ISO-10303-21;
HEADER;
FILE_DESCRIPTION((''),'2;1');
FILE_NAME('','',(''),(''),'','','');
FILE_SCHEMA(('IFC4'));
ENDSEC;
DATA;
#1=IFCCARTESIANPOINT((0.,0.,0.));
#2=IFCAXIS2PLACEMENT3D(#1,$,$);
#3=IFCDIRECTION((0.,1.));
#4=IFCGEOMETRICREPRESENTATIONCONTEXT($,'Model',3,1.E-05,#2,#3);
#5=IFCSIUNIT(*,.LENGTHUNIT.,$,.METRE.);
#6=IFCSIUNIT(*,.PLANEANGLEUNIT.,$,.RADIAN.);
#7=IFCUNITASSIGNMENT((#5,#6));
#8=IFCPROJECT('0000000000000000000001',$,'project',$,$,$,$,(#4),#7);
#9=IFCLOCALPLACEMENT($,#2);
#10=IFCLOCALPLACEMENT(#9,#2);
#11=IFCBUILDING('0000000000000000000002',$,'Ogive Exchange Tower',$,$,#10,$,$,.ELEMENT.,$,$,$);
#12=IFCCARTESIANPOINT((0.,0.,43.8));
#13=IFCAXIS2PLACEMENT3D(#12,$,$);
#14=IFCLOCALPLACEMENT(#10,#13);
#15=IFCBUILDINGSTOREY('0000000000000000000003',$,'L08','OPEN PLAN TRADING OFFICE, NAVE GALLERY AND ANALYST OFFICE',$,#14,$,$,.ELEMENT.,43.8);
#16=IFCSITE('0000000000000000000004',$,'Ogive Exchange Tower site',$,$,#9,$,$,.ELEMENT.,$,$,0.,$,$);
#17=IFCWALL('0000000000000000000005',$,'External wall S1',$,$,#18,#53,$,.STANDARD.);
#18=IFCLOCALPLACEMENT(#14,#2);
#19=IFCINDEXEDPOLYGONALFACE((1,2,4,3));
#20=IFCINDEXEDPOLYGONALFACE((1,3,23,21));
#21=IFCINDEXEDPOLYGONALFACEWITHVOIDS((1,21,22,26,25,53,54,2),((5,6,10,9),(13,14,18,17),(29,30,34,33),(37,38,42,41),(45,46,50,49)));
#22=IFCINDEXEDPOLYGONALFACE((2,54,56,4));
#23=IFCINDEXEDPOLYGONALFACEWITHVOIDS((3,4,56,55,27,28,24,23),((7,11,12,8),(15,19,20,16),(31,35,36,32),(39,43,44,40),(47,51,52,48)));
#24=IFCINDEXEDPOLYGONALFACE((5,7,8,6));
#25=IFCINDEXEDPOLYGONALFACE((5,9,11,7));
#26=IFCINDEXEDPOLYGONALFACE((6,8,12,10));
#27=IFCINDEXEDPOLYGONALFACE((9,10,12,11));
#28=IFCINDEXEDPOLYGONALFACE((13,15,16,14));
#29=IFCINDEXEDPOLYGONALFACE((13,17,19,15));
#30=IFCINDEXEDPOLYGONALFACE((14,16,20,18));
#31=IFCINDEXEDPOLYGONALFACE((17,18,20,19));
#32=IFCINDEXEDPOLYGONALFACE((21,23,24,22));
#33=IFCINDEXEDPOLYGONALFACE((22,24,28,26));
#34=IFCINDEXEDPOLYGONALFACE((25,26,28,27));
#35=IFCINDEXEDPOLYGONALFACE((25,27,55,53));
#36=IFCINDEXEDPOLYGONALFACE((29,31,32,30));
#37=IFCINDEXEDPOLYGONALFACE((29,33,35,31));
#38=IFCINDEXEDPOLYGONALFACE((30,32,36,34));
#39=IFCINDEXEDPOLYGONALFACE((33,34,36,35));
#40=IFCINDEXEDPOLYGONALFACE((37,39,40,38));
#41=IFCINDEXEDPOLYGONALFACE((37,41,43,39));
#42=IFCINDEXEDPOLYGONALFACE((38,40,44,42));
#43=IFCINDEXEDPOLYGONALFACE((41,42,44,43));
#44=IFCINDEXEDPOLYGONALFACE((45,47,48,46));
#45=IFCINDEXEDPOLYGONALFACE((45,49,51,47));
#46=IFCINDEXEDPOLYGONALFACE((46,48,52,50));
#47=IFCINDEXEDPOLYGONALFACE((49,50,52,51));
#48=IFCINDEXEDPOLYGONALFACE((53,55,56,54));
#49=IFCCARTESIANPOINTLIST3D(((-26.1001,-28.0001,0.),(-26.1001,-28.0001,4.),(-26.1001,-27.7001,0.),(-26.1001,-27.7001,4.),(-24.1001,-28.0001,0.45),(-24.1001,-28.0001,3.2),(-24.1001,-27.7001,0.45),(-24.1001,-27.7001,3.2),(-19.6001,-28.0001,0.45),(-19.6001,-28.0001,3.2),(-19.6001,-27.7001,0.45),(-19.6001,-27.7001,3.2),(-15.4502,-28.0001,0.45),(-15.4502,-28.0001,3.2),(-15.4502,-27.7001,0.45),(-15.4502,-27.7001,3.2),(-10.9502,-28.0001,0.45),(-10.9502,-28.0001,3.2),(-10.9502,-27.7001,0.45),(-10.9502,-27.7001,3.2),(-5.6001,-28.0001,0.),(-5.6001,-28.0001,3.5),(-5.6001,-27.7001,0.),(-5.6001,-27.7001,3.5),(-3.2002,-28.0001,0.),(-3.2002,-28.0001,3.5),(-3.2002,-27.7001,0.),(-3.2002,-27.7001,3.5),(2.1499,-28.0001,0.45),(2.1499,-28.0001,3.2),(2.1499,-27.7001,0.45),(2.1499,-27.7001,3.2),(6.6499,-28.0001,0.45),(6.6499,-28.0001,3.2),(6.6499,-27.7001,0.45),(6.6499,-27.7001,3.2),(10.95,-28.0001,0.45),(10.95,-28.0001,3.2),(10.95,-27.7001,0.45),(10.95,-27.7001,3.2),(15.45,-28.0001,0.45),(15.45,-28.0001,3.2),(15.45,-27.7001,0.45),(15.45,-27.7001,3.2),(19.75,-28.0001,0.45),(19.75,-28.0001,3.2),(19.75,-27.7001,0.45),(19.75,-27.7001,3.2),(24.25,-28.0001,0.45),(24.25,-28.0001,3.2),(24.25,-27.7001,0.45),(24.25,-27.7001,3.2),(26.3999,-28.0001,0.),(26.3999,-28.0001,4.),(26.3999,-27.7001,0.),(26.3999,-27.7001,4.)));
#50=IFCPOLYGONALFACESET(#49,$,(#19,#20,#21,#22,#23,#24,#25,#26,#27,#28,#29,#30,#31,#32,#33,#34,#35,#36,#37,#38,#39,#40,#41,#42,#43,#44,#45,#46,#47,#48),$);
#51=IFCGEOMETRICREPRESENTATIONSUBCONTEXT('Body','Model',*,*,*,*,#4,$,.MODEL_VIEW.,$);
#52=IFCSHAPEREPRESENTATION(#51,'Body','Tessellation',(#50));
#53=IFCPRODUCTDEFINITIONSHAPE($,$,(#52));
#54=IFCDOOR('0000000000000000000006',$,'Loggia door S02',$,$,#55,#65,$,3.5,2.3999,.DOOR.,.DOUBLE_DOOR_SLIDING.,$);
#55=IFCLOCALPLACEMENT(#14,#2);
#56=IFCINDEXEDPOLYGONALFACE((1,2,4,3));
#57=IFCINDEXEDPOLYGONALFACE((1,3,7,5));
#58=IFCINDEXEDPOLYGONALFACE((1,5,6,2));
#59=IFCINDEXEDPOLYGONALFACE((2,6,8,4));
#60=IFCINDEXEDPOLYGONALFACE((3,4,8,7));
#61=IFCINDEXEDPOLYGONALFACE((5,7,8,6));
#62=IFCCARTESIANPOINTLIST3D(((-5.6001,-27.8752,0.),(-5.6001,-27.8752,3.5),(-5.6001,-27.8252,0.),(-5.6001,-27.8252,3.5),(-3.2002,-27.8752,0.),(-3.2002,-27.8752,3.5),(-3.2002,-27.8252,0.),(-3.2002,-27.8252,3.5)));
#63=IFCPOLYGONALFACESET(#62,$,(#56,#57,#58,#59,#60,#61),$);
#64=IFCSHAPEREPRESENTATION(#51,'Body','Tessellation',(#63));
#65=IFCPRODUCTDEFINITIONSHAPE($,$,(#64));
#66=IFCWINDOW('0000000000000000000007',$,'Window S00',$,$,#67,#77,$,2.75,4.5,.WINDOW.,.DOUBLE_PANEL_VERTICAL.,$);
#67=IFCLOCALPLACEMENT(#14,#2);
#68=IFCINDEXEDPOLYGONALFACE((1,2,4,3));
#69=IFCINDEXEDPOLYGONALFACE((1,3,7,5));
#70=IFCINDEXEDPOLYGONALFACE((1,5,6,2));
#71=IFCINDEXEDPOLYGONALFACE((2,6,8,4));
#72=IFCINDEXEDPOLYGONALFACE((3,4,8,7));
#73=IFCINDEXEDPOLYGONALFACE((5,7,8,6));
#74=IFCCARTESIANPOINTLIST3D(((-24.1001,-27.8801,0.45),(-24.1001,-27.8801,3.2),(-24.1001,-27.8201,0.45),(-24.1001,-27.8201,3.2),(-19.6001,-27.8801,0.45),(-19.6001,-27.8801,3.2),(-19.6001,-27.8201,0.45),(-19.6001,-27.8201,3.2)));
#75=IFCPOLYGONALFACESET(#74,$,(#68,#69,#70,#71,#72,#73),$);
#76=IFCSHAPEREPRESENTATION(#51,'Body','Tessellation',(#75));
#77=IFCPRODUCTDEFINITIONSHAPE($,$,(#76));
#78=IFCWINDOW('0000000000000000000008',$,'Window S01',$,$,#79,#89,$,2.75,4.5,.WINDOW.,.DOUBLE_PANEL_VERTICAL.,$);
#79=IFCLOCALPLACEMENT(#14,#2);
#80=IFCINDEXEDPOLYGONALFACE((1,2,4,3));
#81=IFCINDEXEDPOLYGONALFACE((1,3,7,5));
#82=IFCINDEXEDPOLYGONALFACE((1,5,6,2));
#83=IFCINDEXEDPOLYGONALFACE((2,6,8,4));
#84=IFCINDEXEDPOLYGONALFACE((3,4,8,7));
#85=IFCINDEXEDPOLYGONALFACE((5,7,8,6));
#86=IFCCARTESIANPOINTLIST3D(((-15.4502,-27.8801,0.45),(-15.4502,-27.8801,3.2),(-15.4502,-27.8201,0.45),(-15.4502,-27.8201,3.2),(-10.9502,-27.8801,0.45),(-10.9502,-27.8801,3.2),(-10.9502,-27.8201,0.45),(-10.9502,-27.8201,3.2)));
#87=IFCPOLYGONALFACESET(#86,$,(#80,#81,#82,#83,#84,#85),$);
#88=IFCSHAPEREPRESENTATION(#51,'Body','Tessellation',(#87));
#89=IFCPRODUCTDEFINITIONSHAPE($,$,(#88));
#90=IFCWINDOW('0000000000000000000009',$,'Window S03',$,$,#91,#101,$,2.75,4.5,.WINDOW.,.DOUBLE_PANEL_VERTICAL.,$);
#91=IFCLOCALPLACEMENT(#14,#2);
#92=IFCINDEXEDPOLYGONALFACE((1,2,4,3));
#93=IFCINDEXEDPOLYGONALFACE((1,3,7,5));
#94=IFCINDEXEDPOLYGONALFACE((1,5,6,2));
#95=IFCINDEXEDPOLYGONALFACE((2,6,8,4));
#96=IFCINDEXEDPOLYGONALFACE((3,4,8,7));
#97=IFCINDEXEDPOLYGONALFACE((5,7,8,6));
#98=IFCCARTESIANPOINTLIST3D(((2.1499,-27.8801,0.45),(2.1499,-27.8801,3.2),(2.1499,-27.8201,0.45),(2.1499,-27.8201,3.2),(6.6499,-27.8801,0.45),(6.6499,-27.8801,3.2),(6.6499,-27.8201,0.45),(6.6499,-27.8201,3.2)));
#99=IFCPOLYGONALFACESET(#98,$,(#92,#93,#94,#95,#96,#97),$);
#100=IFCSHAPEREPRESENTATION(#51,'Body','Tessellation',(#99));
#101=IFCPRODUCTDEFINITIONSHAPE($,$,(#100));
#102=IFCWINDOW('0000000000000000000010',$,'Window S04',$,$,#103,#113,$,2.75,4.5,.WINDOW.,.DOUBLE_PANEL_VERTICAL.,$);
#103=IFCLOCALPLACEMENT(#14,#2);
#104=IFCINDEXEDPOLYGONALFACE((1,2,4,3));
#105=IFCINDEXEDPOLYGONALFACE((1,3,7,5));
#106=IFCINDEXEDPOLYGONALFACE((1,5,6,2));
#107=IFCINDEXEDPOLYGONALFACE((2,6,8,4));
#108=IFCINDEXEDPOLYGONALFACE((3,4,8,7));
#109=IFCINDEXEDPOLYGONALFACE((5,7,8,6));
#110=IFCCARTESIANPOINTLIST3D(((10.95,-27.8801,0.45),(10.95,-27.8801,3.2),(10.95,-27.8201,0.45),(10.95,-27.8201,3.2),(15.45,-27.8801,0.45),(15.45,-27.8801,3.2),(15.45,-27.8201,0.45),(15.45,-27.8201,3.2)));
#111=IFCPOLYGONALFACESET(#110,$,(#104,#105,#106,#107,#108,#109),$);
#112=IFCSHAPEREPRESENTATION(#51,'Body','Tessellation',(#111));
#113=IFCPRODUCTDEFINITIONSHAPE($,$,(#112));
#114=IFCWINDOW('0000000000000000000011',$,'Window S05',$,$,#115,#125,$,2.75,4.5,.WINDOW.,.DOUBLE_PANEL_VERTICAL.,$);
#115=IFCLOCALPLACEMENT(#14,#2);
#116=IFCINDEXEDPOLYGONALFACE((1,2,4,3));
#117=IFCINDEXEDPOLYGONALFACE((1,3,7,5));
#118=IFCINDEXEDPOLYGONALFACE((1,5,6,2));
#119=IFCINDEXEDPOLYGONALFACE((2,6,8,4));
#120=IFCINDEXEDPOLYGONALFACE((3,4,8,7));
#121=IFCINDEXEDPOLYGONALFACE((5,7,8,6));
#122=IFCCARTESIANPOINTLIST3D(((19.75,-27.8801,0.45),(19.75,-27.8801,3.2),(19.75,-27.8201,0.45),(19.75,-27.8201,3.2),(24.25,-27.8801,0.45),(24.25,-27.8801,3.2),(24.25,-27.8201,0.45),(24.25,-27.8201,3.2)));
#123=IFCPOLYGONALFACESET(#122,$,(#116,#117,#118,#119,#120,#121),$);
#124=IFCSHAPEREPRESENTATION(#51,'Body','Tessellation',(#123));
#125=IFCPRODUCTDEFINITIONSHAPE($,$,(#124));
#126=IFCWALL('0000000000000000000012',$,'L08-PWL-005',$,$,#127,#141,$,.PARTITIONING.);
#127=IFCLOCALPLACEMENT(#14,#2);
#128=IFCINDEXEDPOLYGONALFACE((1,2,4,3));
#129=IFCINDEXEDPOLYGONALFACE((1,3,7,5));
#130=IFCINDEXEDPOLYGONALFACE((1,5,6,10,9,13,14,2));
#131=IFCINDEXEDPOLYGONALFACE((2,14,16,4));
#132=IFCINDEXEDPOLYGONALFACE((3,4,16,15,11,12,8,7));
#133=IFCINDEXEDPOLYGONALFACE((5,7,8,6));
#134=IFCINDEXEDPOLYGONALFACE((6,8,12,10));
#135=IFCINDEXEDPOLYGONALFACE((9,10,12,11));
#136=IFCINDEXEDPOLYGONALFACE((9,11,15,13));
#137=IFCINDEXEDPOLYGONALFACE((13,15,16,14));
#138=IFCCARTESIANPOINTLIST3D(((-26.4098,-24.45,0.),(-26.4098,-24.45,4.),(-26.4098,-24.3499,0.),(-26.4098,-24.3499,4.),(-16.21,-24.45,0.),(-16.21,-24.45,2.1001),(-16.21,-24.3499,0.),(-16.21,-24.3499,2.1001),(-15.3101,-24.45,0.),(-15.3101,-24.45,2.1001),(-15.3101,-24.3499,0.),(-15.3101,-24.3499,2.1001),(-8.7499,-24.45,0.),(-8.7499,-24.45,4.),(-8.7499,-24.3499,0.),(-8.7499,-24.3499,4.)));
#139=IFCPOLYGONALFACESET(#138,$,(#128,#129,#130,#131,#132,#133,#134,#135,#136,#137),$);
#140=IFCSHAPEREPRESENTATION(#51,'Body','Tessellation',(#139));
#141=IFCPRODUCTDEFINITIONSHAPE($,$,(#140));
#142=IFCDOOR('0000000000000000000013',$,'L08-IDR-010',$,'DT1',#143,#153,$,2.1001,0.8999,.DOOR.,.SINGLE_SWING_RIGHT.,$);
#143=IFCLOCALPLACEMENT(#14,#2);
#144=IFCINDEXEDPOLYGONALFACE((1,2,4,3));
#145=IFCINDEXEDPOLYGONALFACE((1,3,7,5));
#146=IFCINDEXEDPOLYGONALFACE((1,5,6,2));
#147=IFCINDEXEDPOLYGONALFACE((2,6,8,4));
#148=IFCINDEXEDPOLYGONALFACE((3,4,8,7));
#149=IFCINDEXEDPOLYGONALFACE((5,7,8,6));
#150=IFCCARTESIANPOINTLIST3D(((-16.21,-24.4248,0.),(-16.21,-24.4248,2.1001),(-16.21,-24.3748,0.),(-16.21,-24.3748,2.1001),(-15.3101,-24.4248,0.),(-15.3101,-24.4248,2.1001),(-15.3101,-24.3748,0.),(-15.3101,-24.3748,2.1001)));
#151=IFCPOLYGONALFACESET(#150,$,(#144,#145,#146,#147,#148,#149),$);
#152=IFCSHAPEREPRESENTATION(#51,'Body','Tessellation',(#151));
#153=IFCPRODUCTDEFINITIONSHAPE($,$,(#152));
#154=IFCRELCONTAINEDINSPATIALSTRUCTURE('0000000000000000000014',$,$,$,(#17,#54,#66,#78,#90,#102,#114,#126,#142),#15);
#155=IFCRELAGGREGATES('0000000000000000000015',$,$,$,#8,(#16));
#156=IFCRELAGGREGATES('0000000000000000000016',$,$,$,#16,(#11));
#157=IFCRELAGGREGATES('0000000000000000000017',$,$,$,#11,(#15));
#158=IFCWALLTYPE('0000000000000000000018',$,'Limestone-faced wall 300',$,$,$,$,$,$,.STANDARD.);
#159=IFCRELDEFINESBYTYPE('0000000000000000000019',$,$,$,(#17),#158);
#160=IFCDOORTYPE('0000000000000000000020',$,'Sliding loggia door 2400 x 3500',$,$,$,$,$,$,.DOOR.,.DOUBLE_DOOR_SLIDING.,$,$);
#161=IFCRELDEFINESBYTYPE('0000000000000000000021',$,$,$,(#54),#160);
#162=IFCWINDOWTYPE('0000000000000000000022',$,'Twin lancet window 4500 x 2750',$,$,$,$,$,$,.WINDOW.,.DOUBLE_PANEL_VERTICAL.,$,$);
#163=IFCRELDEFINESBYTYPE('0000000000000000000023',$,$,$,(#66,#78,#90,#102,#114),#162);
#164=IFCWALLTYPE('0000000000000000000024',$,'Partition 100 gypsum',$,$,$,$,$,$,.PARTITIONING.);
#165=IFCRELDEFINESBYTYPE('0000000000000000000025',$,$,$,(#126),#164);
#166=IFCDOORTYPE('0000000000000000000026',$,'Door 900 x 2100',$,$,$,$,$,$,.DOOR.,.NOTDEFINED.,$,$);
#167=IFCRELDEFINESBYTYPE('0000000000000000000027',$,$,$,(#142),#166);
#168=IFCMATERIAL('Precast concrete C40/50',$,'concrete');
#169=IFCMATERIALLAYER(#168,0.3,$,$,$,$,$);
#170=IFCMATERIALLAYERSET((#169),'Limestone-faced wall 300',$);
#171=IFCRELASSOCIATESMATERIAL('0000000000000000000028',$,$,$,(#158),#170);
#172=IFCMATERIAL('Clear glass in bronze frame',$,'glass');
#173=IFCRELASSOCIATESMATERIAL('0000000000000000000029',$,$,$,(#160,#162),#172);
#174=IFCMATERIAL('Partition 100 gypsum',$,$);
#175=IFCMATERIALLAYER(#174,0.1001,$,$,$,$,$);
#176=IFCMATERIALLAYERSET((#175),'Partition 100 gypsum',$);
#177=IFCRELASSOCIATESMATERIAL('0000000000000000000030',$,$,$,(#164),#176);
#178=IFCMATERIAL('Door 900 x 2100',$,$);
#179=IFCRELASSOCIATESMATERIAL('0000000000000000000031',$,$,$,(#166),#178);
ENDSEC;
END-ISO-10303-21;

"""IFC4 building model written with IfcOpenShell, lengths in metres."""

from ifc_helpers import new_model, si_unit, direction, frame, frame_2d, origin, place, context, subcontext, project, spatial, rectangle, extrude, material, layer, layer_set, type_object, element, fill, save


model = new_model("IFC4")

# Units and contexts
model_context = context("Model", 3, precision=1e-05, world=origin(), true_north=direction((0.0, 1.0)))
body_context = subcontext(model_context, "Body", "Model", "MODEL_VIEW")
ifc_project = project(units=[si_unit("LENGTHUNIT", "METRE"), si_unit("PLANEANGLEUNIT", "RADIAN")], contexts=[model_context])

# Site, building, storey
site_placement = place(None, origin())
site = spatial("IfcSite", under=ifc_project, at=site_placement, Name="Ogive Exchange Tower site", CompositionType="ELEMENT", RefElevation=0.0)
building_placement = place(site_placement, origin())
building = spatial("IfcBuilding", under=site, at=building_placement, Name="Ogive Exchange Tower", CompositionType="ELEMENT")
storey_placement = place(building_placement, frame((0.0, 0.0, 43.8)))
storey = spatial("IfcBuildingStorey", under=building, at=storey_placement, Name="L08", Description="OPEN PLAN TRADING OFFICE, NAVE GALLERY AND ANALYST OFFICE", CompositionType="ELEMENT", Elevation=43.8)

# Wall, openings, door, windows
ifc_material_1 = material(Name="Precast concrete C40/50", Category="concrete")
ifc_layer_1 = layer(ifc_material_1, 0.3)
ifc_layer_set_1 = layer_set([ifc_layer_1], Name="Limestone-faced wall 300")
wall_type_1 = type_object("IfcWallType", Name="Limestone-faced wall 300", PredefinedType="STANDARD", material=ifc_layer_set_1)
wall_1_placement = place(storey_placement, frame((-26.1001, -27.8501, 0.0), z_axis=(0.0, 0.0, 1.0), x_axis=(1.0, 0.0, 0.0)))
wall_1 = element("IfcWall", 1, at=wall_1_placement, inside=storey, type_object=wall_type_1, Name="External wall S1", PredefinedType="STANDARD", context=body_context, shape_type="SweptSolid", body=[
    extrude(rectangle(XDim=52.5, YDim=0.3, at=frame_2d((26.25, 0.0))), origin(), (0.0, 0.0, 1.0), 4.0),
])
opening_1_placement = place(wall_1_placement, frame((2.0, 0.0, 0.45)))
opening_1 = element("IfcOpeningElement", 2, at=opening_1_placement, cuts=wall_1, PredefinedType="OPENING", context=body_context, shape_type="SweptSolid", body=[
    extrude(rectangle(XDim=4.5, YDim=2.75, at=frame_2d((2.25, 1.375))), frame((0.0, 0.1599, 0.0), z_axis=(0.0, -1.0, 0.0), x_axis=(1.0, 0.0, 0.0)), (0.0, 0.0, 1.0), 0.3201),
])
opening_2_placement = place(wall_1_placement, frame((10.6499, 0.0, 0.45)))
opening_2 = element("IfcOpeningElement", 3, at=opening_2_placement, cuts=wall_1, PredefinedType="OPENING", context=body_context, shape_type="SweptSolid", body=[
    extrude(rectangle(XDim=4.5, YDim=2.75, at=frame_2d((2.25, 1.375))), frame((0.0, 0.1599, 0.0), z_axis=(0.0, -1.0, 0.0), x_axis=(1.0, 0.0, 0.0)), (0.0, 0.0, 1.0), 0.3201),
])
opening_3_placement = place(wall_1_placement, frame((20.5, 0.0, 0.0)))
opening_3 = element("IfcOpeningElement", 4, at=opening_3_placement, cuts=wall_1, PredefinedType="OPENING", context=body_context, shape_type="SweptSolid", body=[
    extrude(rectangle(XDim=2.3999, YDim=3.5, at=frame_2d((1.2, 1.75))), frame((0.0, 0.1599, 0.0), z_axis=(0.0, -1.0, 0.0), x_axis=(1.0, 0.0, 0.0)), (0.0, 0.0, 1.0), 0.3201),
])
opening_4_placement = place(wall_1_placement, frame((28.25, 0.0, 0.45)))
opening_4 = element("IfcOpeningElement", 5, at=opening_4_placement, cuts=wall_1, PredefinedType="OPENING", context=body_context, shape_type="SweptSolid", body=[
    extrude(rectangle(XDim=4.5, YDim=2.75, at=frame_2d((2.25, 1.375))), frame((0.0, 0.1599, 0.0), z_axis=(0.0, -1.0, 0.0), x_axis=(1.0, 0.0, 0.0)), (0.0, 0.0, 1.0), 0.3201),
])
opening_5_placement = place(wall_1_placement, frame((37.05, 0.0, 0.45)))
opening_5 = element("IfcOpeningElement", 6, at=opening_5_placement, cuts=wall_1, PredefinedType="OPENING", context=body_context, shape_type="SweptSolid", body=[
    extrude(rectangle(XDim=4.5, YDim=2.75, at=frame_2d((2.25, 1.375))), frame((0.0, 0.1599, 0.0), z_axis=(0.0, -1.0, 0.0), x_axis=(1.0, 0.0, 0.0)), (0.0, 0.0, 1.0), 0.3201),
])
opening_6_placement = place(wall_1_placement, frame((45.8501, 0.0, 0.45)))
opening_6 = element("IfcOpeningElement", 7, at=opening_6_placement, cuts=wall_1, PredefinedType="OPENING", context=body_context, shape_type="SweptSolid", body=[
    extrude(rectangle(XDim=4.5, YDim=2.75, at=frame_2d((2.25, 1.375))), frame((0.0, 0.1599, 0.0), z_axis=(0.0, -1.0, 0.0), x_axis=(1.0, 0.0, 0.0)), (0.0, 0.0, 1.0), 0.3201),
])
ifc_material_2 = material(Name="Clear glass in bronze frame", Category="glass")
door_type_1 = type_object("IfcDoorType", Name="Sliding loggia door 2400 x 3500", OperationType="DOUBLE_DOOR_SLIDING", PredefinedType="DOOR", material=ifc_material_2)
door_1_placement = place(opening_3_placement, origin())
door_1 = element("IfcDoor", 8, at=door_1_placement, inside=storey, type_object=door_type_1, Name="Loggia door S02", OperationType="DOUBLE_DOOR_SLIDING", OverallHeight=3.5, OverallWidth=2.3999, PredefinedType="DOOR", context=body_context, shape_type="SweptSolid", body=[
    extrude(rectangle(XDim=2.3999, YDim=3.5, at=frame_2d((1.2, 1.75))), frame((0.0, 0.0249, 0.0), z_axis=(0.0, -1.0, 0.0), x_axis=(1.0, 0.0, 0.0)), (0.0, 0.0, 1.0), 0.05),
])
fill(opening_3, door_1)
window_type = type_object("IfcWindowType", Name="Twin lancet window 4500 x 2750", PartitioningType="DOUBLE_PANEL_VERTICAL", PredefinedType="WINDOW", material=ifc_material_2)
window_1_placement = place(opening_1_placement, origin())
window_1 = element("IfcWindow", 9, at=window_1_placement, inside=storey, type_object=window_type, Name="Window S00", OverallHeight=2.75, OverallWidth=4.5, PartitioningType="DOUBLE_PANEL_VERTICAL", PredefinedType="WINDOW", context=body_context, shape_type="SweptSolid", body=[
    extrude(rectangle(XDim=4.5, YDim=2.75, at=frame_2d((2.25, 1.375))), frame((0.0, 0.03, 0.0), z_axis=(0.0, -1.0, 0.0), x_axis=(1.0, 0.0, 0.0)), (0.0, 0.0, 1.0), 0.0601),
])
fill(opening_1, window_1)
window_2_placement = place(opening_2_placement, origin())
window_2 = element("IfcWindow", 10, at=window_2_placement, inside=storey, type_object=window_type, Name="Window S01", OverallHeight=2.75, OverallWidth=4.5, PartitioningType="DOUBLE_PANEL_VERTICAL", PredefinedType="WINDOW", context=body_context, shape_type="SweptSolid", body=[
    extrude(rectangle(XDim=4.5, YDim=2.75, at=frame_2d((2.25, 1.375))), frame((0.0, 0.03, 0.0), z_axis=(0.0, -1.0, 0.0), x_axis=(1.0, 0.0, 0.0)), (0.0, 0.0, 1.0), 0.0601),
])
fill(opening_2, window_2)
window_3_placement = place(opening_4_placement, origin())
window_3 = element("IfcWindow", 11, at=window_3_placement, inside=storey, type_object=window_type, Name="Window S03", OverallHeight=2.75, OverallWidth=4.5, PartitioningType="DOUBLE_PANEL_VERTICAL", PredefinedType="WINDOW", context=body_context, shape_type="SweptSolid", body=[
    extrude(rectangle(XDim=4.5, YDim=2.75, at=frame_2d((2.25, 1.375))), frame((0.0, 0.03, 0.0), z_axis=(0.0, -1.0, 0.0), x_axis=(1.0, 0.0, 0.0)), (0.0, 0.0, 1.0), 0.0601),
])
fill(opening_4, window_3)
window_4_placement = place(opening_5_placement, origin())
window_4 = element("IfcWindow", 12, at=window_4_placement, inside=storey, type_object=window_type, Name="Window S04", OverallHeight=2.75, OverallWidth=4.5, PartitioningType="DOUBLE_PANEL_VERTICAL", PredefinedType="WINDOW", context=body_context, shape_type="SweptSolid", body=[
    extrude(rectangle(XDim=4.5, YDim=2.75, at=frame_2d((2.25, 1.375))), frame((0.0, 0.03, 0.0), z_axis=(0.0, -1.0, 0.0), x_axis=(1.0, 0.0, 0.0)), (0.0, 0.0, 1.0), 0.0601),
])
fill(opening_5, window_4)
window_5_placement = place(opening_6_placement, origin())
window_5 = element("IfcWindow", 13, at=window_5_placement, inside=storey, type_object=window_type, Name="Window S05", OverallHeight=2.75, OverallWidth=4.5, PartitioningType="DOUBLE_PANEL_VERTICAL", PredefinedType="WINDOW", context=body_context, shape_type="SweptSolid", body=[
    extrude(rectangle(XDim=4.5, YDim=2.75, at=frame_2d((2.25, 1.375))), frame((0.0, 0.03, 0.0), z_axis=(0.0, -1.0, 0.0), x_axis=(1.0, 0.0, 0.0)), (0.0, 0.0, 1.0), 0.0601),
])
fill(opening_6, window_5)

# Wall, opening, door
ifc_material_3 = material(Name="Partition 100 gypsum")
ifc_layer_2 = layer(ifc_material_3, 0.1001)
ifc_layer_set_2 = layer_set([ifc_layer_2], Name="Partition 100 gypsum")
wall_type_2 = type_object("IfcWallType", Name="Partition 100 gypsum", PredefinedType="PARTITIONING", material=ifc_layer_set_2)
wall_2_placement = place(storey_placement, frame((-26.4099, -24.3999, 0.0), z_axis=(0.0, 0.0, 1.0), x_axis=(1.0, 0.0, 0.0)))
wall_2 = element("IfcWall", 14, at=wall_2_placement, inside=storey, type_object=wall_type_2, Name="L08-PWL-005", PredefinedType="PARTITIONING", context=body_context, shape_type="SweptSolid", body=[
    extrude(rectangle(XDim=17.6599, YDim=0.1001, at=frame_2d((8.8301, 0.0))), origin(), (0.0, 0.0, 1.0), 4.0),
])
opening_7_placement = place(wall_2_placement, frame((10.2, 0.0, 0.0)))
opening_7 = element("IfcOpeningElement", 15, at=opening_7_placement, cuts=wall_2, PredefinedType="OPENING", context=body_context, shape_type="SweptSolid", body=[
    extrude(rectangle(XDim=0.8999, YDim=2.1001, at=frame_2d((0.45, 1.05))), frame((0.0, 0.0601, 0.0), z_axis=(0.0, -1.0, 0.0), x_axis=(1.0, 0.0, 0.0)), (0.0, 0.0, 1.0), 0.1201),
])
ifc_material_4 = material(Name="Door 900 x 2100")
door_type_2 = type_object("IfcDoorType", Name="Door 900 x 2100", OperationType="NOTDEFINED", PredefinedType="DOOR", material=ifc_material_4)
door_2_placement = place(opening_7_placement, frame((0.8999, 0.0, 0.0), z_axis=(0.0, 0.0, 1.0), x_axis=(-1.0, 0.0, 0.0)))
door_2 = element("IfcDoor", 16, at=door_2_placement, inside=storey, type_object=door_type_2, Name="L08-IDR-010", ObjectType="DT1", OperationType="SINGLE_SWING_RIGHT", OverallHeight=2.1001, OverallWidth=0.8999, PredefinedType="DOOR", context=body_context, shape_type="SweptSolid", body=[
    extrude(rectangle(XDim=0.8999, YDim=2.1001, at=frame_2d((0.45, 1.05))), frame((0.0, 0.0249, 0.0), z_axis=(0.0, -1.0, 0.0), x_axis=(1.0, 0.0, 0.0)), (0.0, 0.0, 1.0), 0.05),
])
fill(opening_7, door_2)

save(model, "model.ifc")
